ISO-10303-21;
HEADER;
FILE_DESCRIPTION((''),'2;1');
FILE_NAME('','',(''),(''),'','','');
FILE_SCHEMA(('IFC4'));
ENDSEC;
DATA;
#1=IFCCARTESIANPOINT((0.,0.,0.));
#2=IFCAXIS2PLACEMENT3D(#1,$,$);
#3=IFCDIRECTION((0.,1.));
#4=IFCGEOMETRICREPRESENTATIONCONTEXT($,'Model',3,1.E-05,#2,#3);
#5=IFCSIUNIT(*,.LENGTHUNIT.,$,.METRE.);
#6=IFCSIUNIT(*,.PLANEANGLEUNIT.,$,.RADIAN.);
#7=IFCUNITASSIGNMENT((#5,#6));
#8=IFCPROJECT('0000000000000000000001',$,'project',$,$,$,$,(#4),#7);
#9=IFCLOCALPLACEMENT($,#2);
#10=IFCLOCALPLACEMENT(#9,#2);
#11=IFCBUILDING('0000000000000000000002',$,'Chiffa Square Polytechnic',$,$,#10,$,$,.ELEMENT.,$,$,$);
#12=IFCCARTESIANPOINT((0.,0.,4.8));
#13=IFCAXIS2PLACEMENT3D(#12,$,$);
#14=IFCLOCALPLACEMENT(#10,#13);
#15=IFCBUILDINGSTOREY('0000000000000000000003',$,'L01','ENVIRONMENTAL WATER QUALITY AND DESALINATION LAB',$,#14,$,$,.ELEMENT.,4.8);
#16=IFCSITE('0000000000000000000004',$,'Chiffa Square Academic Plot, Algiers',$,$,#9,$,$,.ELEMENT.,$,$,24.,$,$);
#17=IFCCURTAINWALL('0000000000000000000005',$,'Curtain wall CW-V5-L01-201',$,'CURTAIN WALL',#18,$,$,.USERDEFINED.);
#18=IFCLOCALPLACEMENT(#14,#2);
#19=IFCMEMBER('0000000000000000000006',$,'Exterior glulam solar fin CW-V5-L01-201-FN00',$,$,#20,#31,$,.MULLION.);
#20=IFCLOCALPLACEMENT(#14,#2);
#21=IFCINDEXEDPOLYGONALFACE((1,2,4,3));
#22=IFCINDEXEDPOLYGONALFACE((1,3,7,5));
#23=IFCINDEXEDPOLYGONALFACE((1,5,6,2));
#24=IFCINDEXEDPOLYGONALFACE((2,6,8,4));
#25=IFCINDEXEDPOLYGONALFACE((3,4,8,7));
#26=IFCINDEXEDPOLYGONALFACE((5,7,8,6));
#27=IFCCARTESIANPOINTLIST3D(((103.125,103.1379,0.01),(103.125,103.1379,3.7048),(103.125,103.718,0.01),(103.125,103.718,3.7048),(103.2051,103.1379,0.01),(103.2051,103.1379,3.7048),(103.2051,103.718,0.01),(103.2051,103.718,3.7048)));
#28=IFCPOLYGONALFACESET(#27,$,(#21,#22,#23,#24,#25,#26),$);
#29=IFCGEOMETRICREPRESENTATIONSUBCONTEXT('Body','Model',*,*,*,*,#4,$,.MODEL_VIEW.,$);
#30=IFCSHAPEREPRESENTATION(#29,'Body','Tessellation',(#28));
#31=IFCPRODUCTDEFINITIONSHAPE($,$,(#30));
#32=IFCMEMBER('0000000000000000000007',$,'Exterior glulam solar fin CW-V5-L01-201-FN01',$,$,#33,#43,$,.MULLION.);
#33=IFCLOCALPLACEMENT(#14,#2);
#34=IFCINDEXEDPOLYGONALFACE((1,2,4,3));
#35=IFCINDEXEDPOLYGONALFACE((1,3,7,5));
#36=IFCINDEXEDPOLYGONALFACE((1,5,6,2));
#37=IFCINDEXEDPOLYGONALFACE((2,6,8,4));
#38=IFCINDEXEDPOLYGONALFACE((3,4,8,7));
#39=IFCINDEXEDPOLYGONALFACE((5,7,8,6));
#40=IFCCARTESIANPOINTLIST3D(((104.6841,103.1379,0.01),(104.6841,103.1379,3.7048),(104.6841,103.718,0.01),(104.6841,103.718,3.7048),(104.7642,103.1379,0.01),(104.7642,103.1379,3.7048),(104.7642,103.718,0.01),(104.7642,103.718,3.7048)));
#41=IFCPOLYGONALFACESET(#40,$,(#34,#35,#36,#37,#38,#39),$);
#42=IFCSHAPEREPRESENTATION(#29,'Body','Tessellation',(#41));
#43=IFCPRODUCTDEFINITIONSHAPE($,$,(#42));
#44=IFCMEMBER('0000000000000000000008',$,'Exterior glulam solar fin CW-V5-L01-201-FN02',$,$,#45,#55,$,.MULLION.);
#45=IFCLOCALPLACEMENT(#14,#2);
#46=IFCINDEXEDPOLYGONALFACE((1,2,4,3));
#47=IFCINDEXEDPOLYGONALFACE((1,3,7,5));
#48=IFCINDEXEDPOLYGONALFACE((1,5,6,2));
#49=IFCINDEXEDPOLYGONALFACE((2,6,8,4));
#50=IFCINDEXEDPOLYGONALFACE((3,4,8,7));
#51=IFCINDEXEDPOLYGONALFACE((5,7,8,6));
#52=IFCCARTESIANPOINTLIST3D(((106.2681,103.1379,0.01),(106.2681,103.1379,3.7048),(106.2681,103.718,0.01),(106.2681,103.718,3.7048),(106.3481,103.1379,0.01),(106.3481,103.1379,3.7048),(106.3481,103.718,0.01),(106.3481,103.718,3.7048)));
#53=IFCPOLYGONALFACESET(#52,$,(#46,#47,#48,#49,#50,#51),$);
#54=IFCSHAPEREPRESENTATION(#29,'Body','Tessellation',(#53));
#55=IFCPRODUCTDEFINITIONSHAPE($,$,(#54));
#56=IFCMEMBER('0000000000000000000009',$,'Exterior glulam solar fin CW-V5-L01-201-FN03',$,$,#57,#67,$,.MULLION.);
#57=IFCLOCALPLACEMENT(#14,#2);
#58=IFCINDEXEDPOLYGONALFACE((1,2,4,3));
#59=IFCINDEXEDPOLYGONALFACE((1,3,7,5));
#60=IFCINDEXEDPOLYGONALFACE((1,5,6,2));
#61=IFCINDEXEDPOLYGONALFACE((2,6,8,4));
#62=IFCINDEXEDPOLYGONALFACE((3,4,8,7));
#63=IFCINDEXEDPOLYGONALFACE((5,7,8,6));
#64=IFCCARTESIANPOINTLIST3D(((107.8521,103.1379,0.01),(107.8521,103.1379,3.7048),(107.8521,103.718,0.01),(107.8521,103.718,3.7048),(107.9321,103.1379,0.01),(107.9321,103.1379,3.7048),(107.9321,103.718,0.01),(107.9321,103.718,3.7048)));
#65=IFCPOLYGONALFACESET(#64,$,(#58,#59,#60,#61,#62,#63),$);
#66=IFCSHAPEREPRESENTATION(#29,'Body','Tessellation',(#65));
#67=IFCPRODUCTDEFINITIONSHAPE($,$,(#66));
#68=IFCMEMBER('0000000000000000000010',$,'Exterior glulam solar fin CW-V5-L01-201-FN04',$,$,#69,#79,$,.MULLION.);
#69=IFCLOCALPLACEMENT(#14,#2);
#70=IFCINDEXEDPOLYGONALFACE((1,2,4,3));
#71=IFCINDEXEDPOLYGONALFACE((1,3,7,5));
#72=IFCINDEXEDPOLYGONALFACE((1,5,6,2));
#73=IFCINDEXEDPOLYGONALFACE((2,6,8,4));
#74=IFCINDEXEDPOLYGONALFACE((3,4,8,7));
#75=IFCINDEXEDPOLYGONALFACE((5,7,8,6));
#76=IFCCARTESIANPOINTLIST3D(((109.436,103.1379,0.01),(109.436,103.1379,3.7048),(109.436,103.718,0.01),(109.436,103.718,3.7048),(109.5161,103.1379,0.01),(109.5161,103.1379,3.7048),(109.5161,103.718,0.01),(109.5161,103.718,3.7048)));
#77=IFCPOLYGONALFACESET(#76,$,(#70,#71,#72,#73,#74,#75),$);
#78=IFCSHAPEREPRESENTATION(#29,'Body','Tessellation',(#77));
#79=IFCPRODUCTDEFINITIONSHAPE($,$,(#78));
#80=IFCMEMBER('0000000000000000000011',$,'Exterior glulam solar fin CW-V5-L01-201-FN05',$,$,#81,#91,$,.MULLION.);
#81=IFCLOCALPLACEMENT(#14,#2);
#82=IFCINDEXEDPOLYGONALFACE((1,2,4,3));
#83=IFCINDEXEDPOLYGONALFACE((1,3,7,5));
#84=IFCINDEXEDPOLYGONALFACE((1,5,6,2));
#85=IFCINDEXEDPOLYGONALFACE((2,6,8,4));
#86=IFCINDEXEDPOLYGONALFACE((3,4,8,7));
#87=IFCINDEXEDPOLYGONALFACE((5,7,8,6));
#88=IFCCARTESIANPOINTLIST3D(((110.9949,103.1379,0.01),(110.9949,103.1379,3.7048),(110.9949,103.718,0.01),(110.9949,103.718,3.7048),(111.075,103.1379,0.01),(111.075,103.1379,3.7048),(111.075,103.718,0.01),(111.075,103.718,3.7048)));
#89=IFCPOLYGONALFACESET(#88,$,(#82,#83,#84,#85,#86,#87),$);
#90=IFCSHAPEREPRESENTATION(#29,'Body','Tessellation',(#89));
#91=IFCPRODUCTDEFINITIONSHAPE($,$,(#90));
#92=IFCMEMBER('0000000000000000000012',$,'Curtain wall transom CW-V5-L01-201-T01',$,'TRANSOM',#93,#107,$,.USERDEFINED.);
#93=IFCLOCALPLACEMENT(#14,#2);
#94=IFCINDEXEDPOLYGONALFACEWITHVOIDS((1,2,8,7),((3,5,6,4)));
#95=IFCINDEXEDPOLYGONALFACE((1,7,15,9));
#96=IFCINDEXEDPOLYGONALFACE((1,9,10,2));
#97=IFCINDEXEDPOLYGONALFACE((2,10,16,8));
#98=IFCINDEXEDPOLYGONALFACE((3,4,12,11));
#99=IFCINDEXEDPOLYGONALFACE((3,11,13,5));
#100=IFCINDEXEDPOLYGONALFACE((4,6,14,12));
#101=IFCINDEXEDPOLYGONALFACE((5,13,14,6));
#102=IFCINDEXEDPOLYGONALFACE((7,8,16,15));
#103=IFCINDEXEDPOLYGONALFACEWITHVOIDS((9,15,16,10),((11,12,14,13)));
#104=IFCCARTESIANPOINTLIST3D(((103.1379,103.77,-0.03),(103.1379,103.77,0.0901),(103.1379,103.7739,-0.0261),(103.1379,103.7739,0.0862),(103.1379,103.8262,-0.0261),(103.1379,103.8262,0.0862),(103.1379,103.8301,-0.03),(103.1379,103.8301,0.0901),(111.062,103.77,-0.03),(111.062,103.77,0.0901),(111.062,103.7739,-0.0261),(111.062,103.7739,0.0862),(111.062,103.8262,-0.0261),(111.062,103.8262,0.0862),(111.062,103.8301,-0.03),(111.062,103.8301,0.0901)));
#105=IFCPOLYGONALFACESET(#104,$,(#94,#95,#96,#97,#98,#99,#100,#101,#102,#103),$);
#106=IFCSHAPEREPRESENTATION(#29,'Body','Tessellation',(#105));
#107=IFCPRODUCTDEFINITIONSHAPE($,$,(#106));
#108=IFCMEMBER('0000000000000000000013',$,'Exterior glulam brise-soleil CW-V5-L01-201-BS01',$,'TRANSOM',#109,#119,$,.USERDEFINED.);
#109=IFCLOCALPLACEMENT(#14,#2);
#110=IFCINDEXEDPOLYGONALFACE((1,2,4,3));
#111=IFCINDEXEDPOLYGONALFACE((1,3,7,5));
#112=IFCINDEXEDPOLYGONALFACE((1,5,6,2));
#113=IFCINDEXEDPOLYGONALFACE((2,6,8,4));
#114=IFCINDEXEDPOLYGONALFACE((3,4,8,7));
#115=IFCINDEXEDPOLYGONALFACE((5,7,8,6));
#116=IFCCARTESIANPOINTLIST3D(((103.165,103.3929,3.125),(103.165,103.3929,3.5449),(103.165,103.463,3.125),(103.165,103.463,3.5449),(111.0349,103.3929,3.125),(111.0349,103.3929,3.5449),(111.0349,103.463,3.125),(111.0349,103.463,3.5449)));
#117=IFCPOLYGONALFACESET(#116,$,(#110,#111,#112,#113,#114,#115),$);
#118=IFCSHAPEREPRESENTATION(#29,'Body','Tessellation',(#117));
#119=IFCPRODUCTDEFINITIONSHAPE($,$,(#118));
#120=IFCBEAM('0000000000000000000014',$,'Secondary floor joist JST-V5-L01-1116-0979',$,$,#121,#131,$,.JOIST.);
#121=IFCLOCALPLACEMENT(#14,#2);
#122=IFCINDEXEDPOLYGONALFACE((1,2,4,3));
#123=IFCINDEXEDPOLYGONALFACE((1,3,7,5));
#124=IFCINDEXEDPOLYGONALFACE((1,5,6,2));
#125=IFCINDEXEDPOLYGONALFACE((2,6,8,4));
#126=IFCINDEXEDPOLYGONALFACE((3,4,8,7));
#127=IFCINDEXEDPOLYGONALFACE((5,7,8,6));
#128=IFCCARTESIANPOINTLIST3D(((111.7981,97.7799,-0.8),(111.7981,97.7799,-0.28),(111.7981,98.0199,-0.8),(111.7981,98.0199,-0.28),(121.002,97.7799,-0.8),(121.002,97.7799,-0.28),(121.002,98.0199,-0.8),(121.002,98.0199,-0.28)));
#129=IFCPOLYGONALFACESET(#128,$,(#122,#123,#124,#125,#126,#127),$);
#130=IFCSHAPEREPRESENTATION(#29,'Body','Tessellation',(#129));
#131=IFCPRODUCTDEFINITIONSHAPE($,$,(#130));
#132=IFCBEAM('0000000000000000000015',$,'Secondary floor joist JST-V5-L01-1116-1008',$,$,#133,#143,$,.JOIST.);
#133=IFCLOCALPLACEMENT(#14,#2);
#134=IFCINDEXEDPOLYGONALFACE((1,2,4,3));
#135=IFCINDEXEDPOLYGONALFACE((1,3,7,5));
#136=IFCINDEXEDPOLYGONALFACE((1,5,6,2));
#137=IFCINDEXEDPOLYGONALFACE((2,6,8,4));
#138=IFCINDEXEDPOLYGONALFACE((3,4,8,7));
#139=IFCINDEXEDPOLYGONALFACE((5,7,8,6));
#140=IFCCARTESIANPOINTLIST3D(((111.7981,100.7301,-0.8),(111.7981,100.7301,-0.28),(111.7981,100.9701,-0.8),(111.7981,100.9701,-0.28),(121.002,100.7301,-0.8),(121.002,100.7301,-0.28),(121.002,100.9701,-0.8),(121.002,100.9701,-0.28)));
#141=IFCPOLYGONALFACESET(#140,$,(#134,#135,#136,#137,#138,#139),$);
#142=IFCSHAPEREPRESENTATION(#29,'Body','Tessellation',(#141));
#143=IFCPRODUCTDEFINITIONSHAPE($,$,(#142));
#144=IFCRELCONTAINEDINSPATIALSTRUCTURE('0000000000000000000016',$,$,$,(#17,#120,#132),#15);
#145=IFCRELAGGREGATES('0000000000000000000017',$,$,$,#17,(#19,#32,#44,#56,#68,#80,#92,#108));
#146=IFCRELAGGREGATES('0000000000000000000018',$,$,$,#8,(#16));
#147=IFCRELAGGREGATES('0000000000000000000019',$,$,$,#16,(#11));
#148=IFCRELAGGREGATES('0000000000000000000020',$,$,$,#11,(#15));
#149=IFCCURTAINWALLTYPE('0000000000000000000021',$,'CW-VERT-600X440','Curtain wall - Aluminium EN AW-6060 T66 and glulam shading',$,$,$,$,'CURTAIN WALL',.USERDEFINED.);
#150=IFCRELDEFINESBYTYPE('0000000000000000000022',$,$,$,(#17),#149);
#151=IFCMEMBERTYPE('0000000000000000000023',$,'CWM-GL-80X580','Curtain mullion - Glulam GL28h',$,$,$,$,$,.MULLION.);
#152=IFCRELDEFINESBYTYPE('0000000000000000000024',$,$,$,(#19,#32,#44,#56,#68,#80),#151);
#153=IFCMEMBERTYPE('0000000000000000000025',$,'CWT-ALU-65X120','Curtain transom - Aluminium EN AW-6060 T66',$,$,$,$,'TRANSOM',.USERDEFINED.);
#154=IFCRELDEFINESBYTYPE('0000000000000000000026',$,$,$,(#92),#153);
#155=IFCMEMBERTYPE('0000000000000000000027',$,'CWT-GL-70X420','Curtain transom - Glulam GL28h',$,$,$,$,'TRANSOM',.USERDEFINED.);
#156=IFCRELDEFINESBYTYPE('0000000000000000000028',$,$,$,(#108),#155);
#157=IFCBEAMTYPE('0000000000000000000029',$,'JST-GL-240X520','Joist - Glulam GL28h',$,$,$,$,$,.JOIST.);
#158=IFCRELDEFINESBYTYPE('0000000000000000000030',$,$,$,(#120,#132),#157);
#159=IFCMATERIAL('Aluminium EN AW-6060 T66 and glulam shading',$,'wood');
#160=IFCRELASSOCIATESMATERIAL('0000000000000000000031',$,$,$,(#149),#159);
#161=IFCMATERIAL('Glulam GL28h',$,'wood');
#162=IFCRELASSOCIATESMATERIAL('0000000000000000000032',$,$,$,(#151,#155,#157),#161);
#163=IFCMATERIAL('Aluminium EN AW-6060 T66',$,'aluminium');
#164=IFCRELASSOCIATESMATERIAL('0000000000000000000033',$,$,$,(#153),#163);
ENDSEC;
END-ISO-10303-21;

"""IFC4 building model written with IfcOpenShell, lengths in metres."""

from ifc_helpers import new_model, si_unit, direction, frame, origin, origin_2d, place, context, subcontext, project, spatial, rectangle, hollow_rectangle, extrude, material, material_profile, profile_set, type_object, element, aggregate, save


model = new_model("IFC4")

# Units and contexts
model_context = context("Model", 3, precision=1e-05, world=origin(), true_north=direction((0.0, 1.0)))
body_context = subcontext(model_context, "Body", "Model", "MODEL_VIEW")
ifc_project = project(units=[si_unit("LENGTHUNIT", "METRE"), si_unit("PLANEANGLEUNIT", "RADIAN")], contexts=[model_context])

# Site, building, storey
site_placement = place(None, origin())
site = spatial("IfcSite", under=ifc_project, at=site_placement, Name="Chiffa Square Academic Plot, Algiers", CompositionType="ELEMENT", RefElevation=24.0)
building_placement = place(site_placement, origin())
building = spatial("IfcBuilding", under=site, at=building_placement, Name="Chiffa Square Polytechnic", CompositionType="ELEMENT")
storey_placement = place(building_placement, frame((0.0, 0.0, 4.8)))
storey = spatial("IfcBuildingStorey", under=building, at=storey_placement, Name="L01", Description="ENVIRONMENTAL WATER QUALITY AND DESALINATION LAB", CompositionType="ELEMENT", Elevation=4.8)

# Curtain wall, members
ifc_material_1 = material(Name="Aluminium EN AW-6060 T66 and glulam shading", Category="wood")
curtain_wall_type = type_object("IfcCurtainWallType", Name="CW-VERT-600X440", Description="Curtain wall - Aluminium EN AW-6060 T66 and glulam shading", ElementType="CURTAIN WALL", PredefinedType="USERDEFINED", material=ifc_material_1)
curtain_wall_placement = place(storey_placement, origin())
curtain_wall = element("IfcCurtainWall", 1, at=curtain_wall_placement, inside=storey, type_object=curtain_wall_type, Name="Curtain wall CW-V5-L01-201", ObjectType="CURTAIN WALL", PredefinedType="USERDEFINED")
ifc_material_2 = material(Name="Glulam GL28h", Category="wood")
ifc_material_profile_1 = material_profile(ifc_material_2, rectangle(XDim=0.0801, YDim=0.5801, at=origin_2d()), Name="GL28h 80x580")
ifc_profile_set_1 = profile_set([ifc_material_profile_1], Name="Glulam GL28h")
member_type_1 = type_object("IfcMemberType", Name="CWM-GL-80X580", Description="Curtain mullion - Glulam GL28h", PredefinedType="MULLION", material=ifc_profile_set_1)
member_1_placement = place(storey_placement, frame((103.165, 103.428, 0.01), z_axis=(0.0, 0.0, 1.0), x_axis=(1.0, 0.0, 0.0)))
member_1 = element("IfcMember", 2, at=member_1_placement, type_object=member_type_1, Name="Exterior glulam solar fin CW-V5-L01-201-FN00", PredefinedType="MULLION", context=body_context, shape_type="SweptSolid", body=[
    extrude(rectangle(XDim=0.0801, YDim=0.5801, at=origin_2d()), origin(), (0.0, 0.0, 1.0), 3.6948),
])
member_2_placement = place(storey_placement, frame((104.7241, 103.428, 0.01), z_axis=(0.0, 0.0, 1.0), x_axis=(1.0, 0.0, 0.0)))
member_2 = element("IfcMember", 3, at=member_2_placement, type_object=member_type_1, Name="Exterior glulam solar fin CW-V5-L01-201-FN01", PredefinedType="MULLION", context=body_context, shape_type="SweptSolid", body=[
    extrude(rectangle(XDim=0.0801, YDim=0.5801, at=origin_2d()), origin(), (0.0, 0.0, 1.0), 3.6948),
])
member_3_placement = place(storey_placement, frame((106.3081, 103.428, 0.01), z_axis=(0.0, 0.0, 1.0), x_axis=(1.0, 0.0, 0.0)))
member_3 = element("IfcMember", 4, at=member_3_placement, type_object=member_type_1, Name="Exterior glulam solar fin CW-V5-L01-201-FN02", PredefinedType="MULLION", context=body_context, shape_type="SweptSolid", body=[
    extrude(rectangle(XDim=0.0801, YDim=0.5801, at=origin_2d()), origin(), (0.0, 0.0, 1.0), 3.6948),
])
member_4_placement = place(storey_placement, frame((107.8921, 103.428, 0.01), z_axis=(0.0, 0.0, 1.0), x_axis=(1.0, 0.0, 0.0)))
member_4 = element("IfcMember", 5, at=member_4_placement, type_object=member_type_1, Name="Exterior glulam solar fin CW-V5-L01-201-FN03", PredefinedType="MULLION", context=body_context, shape_type="SweptSolid", body=[
    extrude(rectangle(XDim=0.0801, YDim=0.5801, at=origin_2d()), origin(), (0.0, 0.0, 1.0), 3.6948),
])
member_5_placement = place(storey_placement, frame((109.4761, 103.428, 0.01), z_axis=(0.0, 0.0, 1.0), x_axis=(1.0, 0.0, 0.0)))
member_5 = element("IfcMember", 6, at=member_5_placement, type_object=member_type_1, Name="Exterior glulam solar fin CW-V5-L01-201-FN04", PredefinedType="MULLION", context=body_context, shape_type="SweptSolid", body=[
    extrude(rectangle(XDim=0.0801, YDim=0.5801, at=origin_2d()), origin(), (0.0, 0.0, 1.0), 3.6948),
])
member_6_placement = place(storey_placement, frame((111.0349, 103.428, 0.01), z_axis=(0.0, 0.0, 1.0), x_axis=(1.0, 0.0, 0.0)))
member_6 = element("IfcMember", 7, at=member_6_placement, type_object=member_type_1, Name="Exterior glulam solar fin CW-V5-L01-201-FN05", PredefinedType="MULLION", context=body_context, shape_type="SweptSolid", body=[
    extrude(rectangle(XDim=0.0801, YDim=0.5801, at=origin_2d()), origin(), (0.0, 0.0, 1.0), 3.6948),
])
ifc_material_3 = material(Name="Aluminium EN AW-6060 T66", Category="aluminium")
ifc_material_profile_2 = material_profile(ifc_material_3, hollow_rectangle(XDim=0.0601, YDim=0.1201, WallThickness=0.0039, at=origin_2d()), Name="ALU 60x120x4")
ifc_profile_set_2 = profile_set([ifc_material_profile_2], Name="Aluminium EN AW-6060 T66")
member_type_2 = type_object("IfcMemberType", Name="CWT-ALU-65X120", Description="Curtain transom - Aluminium EN AW-6060 T66", ElementType="TRANSOM", PredefinedType="USERDEFINED", material=ifc_profile_set_2)
member_7_placement = place(storey_placement, frame((103.1379, 103.8, 0.03), z_axis=(1.0, 0.0, 0.0), x_axis=(0.0, 1.0, 0.0)))
member_7 = element("IfcMember", 8, at=member_7_placement, type_object=member_type_2, Name="Curtain wall transom CW-V5-L01-201-T01", ObjectType="TRANSOM", PredefinedType="USERDEFINED", context=body_context, shape_type="SweptSolid", body=[
    extrude(hollow_rectangle(XDim=0.0601, YDim=0.1201, WallThickness=0.0039, at=origin_2d()), origin(), (0.0, 0.0, 1.0), 7.9241),
])
ifc_material_profile_3 = material_profile(ifc_material_2, rectangle(XDim=0.0701, YDim=0.4199, at=origin_2d()), Name="GL28h 70x420")
ifc_profile_set_3 = profile_set([ifc_material_profile_3], Name="Glulam GL28h")
member_type_3 = type_object("IfcMemberType", Name="CWT-GL-70X420", Description="Curtain transom - Glulam GL28h", ElementType="TRANSOM", PredefinedType="USERDEFINED", material=ifc_profile_set_3)
member_8_placement = place(storey_placement, frame((103.165, 103.428, 3.335), z_axis=(1.0, 0.0, 0.0), x_axis=(0.0, 1.0, 0.0)))
member_8 = element("IfcMember", 9, at=member_8_placement, type_object=member_type_3, Name="Exterior glulam brise-soleil CW-V5-L01-201-BS01", ObjectType="TRANSOM", PredefinedType="USERDEFINED", context=body_context, shape_type="SweptSolid", body=[
    extrude(rectangle(XDim=0.0701, YDim=0.4199, at=origin_2d()), origin(), (0.0, 0.0, 1.0), 7.8699),
])
aggregate(curtain_wall, [member_1, member_2, member_3, member_4, member_5, member_6, member_7, member_8])

# Beams
ifc_material_profile_4 = material_profile(ifc_material_2, rectangle(XDim=0.24, YDim=0.52, at=origin_2d()), Name="GL28h 240x520")
ifc_profile_set_4 = profile_set([ifc_material_profile_4], Name="Glulam GL28h")
beam_type_1 = type_object("IfcBeamType", Name="JST-GL-240X520", Description="Joist - Glulam GL28h", PredefinedType="JOIST", material=ifc_profile_set_4)
for number, where, z_axis, x_axis, name in (
    (10, (111.7981, 97.8999, -0.54), (1.0, 0.0, 0.0), (0.0, 1.0, 0.0), "Secondary floor joist JST-V5-L01-1116-0979"),
    (11, (111.7981, 100.8501, -0.54), (1.0, 0.0, 0.0), (0.0, 1.0, 0.0), "Secondary floor joist JST-V5-L01-1116-1008"),
):
    element("IfcBeam", number, at=place(storey_placement, frame(where, z_axis=z_axis, x_axis=x_axis)), inside=storey, type_object=beam_type_1, Name=name, PredefinedType="JOIST", context=body_context, shape_type="SweptSolid", body=[
        extrude(rectangle(XDim=0.24, YDim=0.52, at=origin_2d()), origin(), (0.0, 0.0, 1.0), 9.2039),
    ])

save(model, "model.ifc")
